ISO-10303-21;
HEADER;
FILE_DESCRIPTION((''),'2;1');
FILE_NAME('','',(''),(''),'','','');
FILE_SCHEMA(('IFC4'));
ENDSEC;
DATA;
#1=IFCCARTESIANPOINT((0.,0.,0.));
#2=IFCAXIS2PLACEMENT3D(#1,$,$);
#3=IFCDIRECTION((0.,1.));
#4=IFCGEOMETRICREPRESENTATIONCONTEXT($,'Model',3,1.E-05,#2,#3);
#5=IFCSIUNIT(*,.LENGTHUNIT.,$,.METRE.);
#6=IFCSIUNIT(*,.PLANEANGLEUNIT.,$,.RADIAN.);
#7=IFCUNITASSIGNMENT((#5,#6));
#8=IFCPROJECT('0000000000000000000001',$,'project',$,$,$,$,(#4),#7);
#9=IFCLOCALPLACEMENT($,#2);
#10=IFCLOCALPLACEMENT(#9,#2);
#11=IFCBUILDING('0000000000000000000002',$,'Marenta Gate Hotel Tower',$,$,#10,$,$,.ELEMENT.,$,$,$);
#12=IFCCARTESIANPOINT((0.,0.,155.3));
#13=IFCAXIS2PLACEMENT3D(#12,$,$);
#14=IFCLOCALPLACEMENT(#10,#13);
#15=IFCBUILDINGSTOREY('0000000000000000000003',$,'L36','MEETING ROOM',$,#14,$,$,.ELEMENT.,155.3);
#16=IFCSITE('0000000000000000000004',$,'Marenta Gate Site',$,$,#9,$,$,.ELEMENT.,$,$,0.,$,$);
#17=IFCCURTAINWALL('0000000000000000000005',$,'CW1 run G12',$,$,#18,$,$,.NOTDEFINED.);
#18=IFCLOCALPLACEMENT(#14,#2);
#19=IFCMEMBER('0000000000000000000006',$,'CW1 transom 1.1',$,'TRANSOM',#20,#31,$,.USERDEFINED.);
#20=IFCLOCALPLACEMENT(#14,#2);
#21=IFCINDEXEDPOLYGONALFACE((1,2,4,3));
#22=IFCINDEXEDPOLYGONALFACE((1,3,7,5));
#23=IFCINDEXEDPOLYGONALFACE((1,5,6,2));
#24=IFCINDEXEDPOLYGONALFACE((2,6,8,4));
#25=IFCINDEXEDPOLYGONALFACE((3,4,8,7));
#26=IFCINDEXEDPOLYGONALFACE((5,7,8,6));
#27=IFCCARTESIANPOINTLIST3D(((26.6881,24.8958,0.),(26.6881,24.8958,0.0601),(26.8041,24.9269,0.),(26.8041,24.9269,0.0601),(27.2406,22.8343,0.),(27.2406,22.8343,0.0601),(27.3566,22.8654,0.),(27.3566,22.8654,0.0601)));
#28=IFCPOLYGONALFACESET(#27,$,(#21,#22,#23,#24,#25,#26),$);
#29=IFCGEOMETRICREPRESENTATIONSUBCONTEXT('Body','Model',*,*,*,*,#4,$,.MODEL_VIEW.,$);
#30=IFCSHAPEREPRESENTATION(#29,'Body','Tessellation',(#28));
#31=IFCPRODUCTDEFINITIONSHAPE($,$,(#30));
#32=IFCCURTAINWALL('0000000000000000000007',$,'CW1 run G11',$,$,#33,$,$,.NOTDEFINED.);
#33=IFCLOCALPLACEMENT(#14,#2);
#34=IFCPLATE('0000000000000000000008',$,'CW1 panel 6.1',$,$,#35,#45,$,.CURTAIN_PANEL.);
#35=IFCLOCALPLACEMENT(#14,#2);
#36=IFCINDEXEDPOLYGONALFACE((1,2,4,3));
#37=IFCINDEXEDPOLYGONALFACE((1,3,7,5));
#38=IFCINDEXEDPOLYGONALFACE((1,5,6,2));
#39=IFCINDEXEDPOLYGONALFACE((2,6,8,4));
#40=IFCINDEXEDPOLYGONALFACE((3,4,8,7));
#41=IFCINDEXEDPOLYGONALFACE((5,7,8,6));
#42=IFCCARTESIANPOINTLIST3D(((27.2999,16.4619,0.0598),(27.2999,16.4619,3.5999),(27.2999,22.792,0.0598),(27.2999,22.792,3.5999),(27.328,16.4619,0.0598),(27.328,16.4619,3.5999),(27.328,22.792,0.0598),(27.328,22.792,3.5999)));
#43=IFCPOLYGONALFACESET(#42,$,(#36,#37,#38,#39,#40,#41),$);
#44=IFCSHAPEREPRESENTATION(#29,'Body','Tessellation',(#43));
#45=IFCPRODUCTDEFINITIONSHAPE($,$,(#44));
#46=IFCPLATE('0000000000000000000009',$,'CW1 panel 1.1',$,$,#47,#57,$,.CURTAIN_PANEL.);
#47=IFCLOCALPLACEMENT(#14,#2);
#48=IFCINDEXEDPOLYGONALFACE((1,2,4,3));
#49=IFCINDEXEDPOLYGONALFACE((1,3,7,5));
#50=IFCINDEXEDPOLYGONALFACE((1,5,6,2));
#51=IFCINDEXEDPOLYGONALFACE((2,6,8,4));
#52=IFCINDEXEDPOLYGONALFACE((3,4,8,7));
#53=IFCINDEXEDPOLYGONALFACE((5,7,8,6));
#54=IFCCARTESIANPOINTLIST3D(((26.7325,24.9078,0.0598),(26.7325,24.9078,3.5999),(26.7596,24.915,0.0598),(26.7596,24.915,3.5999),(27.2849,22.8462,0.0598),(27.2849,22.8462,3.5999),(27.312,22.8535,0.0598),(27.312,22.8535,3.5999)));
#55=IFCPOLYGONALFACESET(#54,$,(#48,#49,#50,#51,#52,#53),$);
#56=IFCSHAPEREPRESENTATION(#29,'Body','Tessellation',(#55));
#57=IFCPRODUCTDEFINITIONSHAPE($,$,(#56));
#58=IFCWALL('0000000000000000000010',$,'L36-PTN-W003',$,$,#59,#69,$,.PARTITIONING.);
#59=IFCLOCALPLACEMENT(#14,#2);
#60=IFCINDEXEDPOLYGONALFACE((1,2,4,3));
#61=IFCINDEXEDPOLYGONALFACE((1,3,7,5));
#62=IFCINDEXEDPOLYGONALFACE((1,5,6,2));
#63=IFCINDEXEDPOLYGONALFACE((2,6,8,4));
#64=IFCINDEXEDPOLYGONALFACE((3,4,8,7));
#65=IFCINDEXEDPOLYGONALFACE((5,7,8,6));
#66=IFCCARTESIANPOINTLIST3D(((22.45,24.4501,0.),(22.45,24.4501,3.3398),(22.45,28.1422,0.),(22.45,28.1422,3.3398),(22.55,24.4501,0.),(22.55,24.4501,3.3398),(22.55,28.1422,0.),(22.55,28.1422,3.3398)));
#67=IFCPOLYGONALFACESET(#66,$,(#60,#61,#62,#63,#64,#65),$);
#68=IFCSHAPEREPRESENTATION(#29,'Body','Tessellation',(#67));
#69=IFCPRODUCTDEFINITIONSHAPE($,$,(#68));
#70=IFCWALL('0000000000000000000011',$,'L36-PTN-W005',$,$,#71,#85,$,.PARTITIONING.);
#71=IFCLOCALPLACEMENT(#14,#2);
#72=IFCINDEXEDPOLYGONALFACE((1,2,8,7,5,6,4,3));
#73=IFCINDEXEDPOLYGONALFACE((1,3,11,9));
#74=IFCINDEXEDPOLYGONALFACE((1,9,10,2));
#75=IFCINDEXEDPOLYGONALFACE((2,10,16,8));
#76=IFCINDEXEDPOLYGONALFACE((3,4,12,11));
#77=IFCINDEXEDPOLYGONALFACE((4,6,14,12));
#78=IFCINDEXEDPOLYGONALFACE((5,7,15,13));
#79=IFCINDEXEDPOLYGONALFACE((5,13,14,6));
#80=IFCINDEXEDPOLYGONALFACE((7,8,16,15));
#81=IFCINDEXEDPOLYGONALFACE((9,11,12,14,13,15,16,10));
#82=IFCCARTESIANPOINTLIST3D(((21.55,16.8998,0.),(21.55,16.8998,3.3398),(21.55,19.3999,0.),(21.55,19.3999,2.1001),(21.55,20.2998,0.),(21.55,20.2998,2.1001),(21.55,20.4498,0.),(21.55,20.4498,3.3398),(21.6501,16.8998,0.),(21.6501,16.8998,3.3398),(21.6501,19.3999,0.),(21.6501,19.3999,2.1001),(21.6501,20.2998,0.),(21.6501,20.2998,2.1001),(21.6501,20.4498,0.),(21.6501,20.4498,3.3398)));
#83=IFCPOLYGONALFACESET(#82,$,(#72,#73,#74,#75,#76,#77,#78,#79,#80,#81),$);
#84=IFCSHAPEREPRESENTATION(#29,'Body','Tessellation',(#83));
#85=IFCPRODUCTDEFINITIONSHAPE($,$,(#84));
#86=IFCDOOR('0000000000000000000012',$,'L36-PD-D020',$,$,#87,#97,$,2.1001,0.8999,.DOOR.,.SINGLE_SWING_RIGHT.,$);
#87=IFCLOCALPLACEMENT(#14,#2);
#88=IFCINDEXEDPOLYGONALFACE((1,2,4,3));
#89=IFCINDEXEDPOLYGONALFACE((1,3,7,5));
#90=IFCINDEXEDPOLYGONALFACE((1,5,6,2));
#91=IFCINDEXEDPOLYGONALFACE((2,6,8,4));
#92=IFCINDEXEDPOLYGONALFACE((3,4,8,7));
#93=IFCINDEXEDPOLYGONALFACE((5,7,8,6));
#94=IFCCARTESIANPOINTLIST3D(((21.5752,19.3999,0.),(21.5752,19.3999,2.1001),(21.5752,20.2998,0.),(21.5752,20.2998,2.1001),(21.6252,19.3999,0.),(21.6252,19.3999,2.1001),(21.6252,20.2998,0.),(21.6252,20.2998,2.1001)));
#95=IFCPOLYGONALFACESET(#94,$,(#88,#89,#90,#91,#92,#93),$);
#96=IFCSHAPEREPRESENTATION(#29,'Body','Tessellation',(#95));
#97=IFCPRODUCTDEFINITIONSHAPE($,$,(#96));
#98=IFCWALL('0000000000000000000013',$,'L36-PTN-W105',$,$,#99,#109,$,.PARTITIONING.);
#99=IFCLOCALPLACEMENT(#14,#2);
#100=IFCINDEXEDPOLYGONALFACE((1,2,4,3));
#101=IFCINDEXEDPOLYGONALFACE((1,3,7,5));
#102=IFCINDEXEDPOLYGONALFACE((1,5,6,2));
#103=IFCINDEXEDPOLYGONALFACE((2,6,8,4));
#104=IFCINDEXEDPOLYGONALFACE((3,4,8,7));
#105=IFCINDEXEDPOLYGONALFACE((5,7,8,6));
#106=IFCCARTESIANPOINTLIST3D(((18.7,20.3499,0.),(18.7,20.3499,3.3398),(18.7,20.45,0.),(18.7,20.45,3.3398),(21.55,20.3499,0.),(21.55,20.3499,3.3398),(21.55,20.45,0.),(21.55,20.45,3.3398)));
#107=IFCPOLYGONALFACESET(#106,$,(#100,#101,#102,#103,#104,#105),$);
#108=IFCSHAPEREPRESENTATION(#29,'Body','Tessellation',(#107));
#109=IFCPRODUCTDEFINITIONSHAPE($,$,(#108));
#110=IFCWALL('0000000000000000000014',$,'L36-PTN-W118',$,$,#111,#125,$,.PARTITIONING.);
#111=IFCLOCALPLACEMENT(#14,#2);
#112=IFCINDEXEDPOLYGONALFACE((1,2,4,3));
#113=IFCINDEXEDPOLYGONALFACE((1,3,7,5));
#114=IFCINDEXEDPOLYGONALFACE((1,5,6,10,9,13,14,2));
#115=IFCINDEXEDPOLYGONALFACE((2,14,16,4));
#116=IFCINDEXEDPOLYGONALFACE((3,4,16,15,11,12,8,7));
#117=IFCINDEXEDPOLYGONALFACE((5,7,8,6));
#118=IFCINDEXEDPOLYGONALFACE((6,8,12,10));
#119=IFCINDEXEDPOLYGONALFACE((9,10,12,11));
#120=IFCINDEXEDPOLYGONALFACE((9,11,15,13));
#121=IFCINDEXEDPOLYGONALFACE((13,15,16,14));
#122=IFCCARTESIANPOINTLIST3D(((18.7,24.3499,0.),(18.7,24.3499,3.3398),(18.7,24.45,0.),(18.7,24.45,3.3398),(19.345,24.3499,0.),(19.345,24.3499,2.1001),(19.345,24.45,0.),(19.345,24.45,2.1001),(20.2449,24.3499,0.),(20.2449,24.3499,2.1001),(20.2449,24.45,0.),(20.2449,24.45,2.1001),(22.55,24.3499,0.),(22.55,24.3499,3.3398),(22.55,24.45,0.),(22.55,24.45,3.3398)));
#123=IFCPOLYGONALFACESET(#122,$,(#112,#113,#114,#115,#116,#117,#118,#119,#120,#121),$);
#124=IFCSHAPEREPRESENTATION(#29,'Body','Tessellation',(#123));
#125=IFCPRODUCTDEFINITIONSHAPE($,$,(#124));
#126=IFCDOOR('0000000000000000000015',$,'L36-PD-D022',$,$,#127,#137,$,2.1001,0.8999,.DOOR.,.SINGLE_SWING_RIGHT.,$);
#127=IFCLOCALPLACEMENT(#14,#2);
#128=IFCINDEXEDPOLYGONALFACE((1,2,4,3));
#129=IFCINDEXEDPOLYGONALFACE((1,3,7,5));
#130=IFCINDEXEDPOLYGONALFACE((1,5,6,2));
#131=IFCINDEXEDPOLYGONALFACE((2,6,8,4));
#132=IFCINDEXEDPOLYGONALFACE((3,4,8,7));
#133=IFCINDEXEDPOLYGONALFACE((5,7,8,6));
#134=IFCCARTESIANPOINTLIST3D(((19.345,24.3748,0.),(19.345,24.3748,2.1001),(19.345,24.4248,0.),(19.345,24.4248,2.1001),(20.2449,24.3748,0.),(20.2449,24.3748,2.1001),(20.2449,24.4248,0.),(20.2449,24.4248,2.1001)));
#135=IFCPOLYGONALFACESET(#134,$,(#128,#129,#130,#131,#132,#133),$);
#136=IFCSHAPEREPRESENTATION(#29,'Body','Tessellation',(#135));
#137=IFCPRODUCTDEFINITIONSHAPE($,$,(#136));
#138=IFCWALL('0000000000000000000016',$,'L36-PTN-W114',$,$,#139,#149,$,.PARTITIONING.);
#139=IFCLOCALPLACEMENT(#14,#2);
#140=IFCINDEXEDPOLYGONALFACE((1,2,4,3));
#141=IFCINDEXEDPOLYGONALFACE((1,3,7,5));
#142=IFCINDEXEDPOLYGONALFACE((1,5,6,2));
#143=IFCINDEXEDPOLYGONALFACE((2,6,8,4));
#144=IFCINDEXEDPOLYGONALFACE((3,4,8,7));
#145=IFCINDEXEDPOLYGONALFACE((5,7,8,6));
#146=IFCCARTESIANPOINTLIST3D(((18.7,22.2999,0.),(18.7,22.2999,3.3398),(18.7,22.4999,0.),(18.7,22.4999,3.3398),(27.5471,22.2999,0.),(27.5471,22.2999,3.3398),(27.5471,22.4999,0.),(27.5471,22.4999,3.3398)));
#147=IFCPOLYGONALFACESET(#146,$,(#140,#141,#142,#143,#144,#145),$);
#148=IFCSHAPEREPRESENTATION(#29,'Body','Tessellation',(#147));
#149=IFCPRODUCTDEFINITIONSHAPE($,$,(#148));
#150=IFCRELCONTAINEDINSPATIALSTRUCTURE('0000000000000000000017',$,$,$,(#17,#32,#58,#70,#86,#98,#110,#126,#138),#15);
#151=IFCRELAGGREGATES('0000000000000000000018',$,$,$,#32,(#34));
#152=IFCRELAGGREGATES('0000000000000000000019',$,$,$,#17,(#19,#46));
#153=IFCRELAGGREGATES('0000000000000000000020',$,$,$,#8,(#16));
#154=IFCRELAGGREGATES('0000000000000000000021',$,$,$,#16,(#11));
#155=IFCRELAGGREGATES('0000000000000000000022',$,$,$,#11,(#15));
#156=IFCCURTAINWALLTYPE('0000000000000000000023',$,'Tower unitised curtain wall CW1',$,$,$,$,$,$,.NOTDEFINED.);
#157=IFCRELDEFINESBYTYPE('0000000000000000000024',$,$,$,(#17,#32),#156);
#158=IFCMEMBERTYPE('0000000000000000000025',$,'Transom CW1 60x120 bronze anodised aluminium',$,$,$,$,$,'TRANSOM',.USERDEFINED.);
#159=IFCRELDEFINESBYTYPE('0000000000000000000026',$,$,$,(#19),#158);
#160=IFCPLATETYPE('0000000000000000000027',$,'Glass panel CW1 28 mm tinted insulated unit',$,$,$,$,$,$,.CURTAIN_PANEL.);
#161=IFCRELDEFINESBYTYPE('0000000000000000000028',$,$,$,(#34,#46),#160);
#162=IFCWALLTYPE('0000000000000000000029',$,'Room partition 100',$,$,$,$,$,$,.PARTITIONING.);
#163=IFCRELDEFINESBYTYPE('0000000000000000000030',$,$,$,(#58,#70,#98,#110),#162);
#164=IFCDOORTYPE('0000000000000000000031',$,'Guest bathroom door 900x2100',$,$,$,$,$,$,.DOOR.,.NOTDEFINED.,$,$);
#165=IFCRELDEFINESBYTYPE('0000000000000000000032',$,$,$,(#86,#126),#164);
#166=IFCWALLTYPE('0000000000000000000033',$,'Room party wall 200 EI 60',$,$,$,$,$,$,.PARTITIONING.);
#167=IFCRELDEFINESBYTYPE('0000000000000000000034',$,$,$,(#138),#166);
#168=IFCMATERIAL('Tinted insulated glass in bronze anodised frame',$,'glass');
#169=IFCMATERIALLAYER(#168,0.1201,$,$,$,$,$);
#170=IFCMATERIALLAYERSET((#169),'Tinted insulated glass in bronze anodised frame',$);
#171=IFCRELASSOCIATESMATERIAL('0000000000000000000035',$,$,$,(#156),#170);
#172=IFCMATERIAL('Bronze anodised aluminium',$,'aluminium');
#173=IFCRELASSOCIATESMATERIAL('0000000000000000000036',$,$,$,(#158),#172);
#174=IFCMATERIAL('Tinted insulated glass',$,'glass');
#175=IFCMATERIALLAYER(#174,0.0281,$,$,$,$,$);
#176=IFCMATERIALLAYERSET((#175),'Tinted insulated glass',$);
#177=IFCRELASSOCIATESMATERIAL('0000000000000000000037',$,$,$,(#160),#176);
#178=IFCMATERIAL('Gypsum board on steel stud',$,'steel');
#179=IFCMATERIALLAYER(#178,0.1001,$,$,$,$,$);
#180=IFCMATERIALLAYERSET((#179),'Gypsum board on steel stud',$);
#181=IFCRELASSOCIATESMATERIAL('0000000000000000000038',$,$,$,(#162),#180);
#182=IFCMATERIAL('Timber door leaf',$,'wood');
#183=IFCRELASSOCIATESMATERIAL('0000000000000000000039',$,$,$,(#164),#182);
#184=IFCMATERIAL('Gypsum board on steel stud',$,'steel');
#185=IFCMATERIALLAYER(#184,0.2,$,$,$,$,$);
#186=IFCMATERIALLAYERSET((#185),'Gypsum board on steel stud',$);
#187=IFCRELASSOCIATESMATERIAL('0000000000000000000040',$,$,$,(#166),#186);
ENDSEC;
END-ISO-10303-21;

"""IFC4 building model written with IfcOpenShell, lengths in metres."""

from ifc_helpers import new_model, si_unit, direction, frame, frame_2d, origin, origin_2d, place, context, subcontext, project, spatial, rectangle, extrude, material, layer, layer_set, material_profile, profile_set, type_object, element, fill, aggregate, save


model = new_model("IFC4")

# Units and contexts
model_context = context("Model", 3, precision=1e-05, world=origin(), true_north=direction((0.0, 1.0)))
body_context = subcontext(model_context, "Body", "Model", "MODEL_VIEW")
ifc_project = project(units=[si_unit("LENGTHUNIT", "METRE"), si_unit("PLANEANGLEUNIT", "RADIAN")], contexts=[model_context])

# Site, building, storey
site_placement = place(None, origin())
site = spatial("IfcSite", under=ifc_project, at=site_placement, Name="Marenta Gate Site", CompositionType="ELEMENT", RefElevation=0.0)
building_placement = place(site_placement, origin())
building = spatial("IfcBuilding", under=site, at=building_placement, Name="Marenta Gate Hotel Tower", CompositionType="ELEMENT")
storey_placement = place(building_placement, frame((0.0, 0.0, 155.3)))
storey = spatial("IfcBuildingStorey", under=building, at=storey_placement, Name="L36", Description="MEETING ROOM", CompositionType="ELEMENT", Elevation=155.3)

# Curtain wall
ifc_material_1 = material(Name="Tinted insulated glass in bronze anodised frame", Category="glass")
ifc_layer_1 = layer(ifc_material_1, 0.1201)
ifc_layer_set_1 = layer_set([ifc_layer_1], Name="Tinted insulated glass in bronze anodised frame")
curtain_wall_type = type_object("IfcCurtainWallType", Name="Tower unitised curtain wall CW1", PredefinedType="NOTDEFINED", material=ifc_layer_set_1)
curtain_wall_1_placement = place(storey_placement, origin())
curtain_wall_1 = element("IfcCurtainWall", 1, at=curtain_wall_1_placement, inside=storey, type_object=curtain_wall_type, Name="CW1 run G12", PredefinedType="NOTDEFINED")

# Member
ifc_material_2 = material(Name="Bronze anodised aluminium", Category="aluminium")
ifc_material_profile_1 = material_profile(ifc_material_2, rectangle(XDim=0.1201, YDim=0.0601, at=origin_2d()), Name="Transom CW1 60x120 bronze anodised aluminium")
ifc_profile_set_1 = profile_set([ifc_material_profile_1], Name="Bronze anodised aluminium")
member_type_1 = type_object("IfcMemberType", Name="Transom CW1 60x120 bronze anodised aluminium", ElementType="TRANSOM", PredefinedType="USERDEFINED", material=ifc_profile_set_1)
member_1_placement = place(storey_placement, frame((27.2986, 22.8499, 0.03), z_axis=(-0.258866, 0.965913, 0.0), x_axis=(-0.965913, -0.258866, 0.0)))
member_1 = element("IfcMember", 2, at=member_1_placement, type_object=member_type_1, Name="CW1 transom 1.1", ObjectType="TRANSOM", PredefinedType="USERDEFINED", context=body_context, shape_type="SweptSolid", body=[
    extrude(rectangle(XDim=0.1201, YDim=0.0601, at=origin_2d()), origin(), (0.0, 0.0, 1.0), 2.1343),
])

# Curtain wall, plate
curtain_wall_2_placement = place(storey_placement, origin())
curtain_wall_2 = element("IfcCurtainWall", 3, at=curtain_wall_2_placement, inside=storey, type_object=curtain_wall_type, Name="CW1 run G11", PredefinedType="NOTDEFINED")
ifc_material_3 = material(Name="Tinted insulated glass", Category="glass")
ifc_layer_2 = layer(ifc_material_3, 0.0281)
ifc_layer_set_2 = layer_set([ifc_layer_2], Name="Tinted insulated glass")
plate_type = type_object("IfcPlateType", Name="Glass panel CW1 28 mm tinted insulated unit", PredefinedType="CURTAIN_PANEL", material=ifc_layer_set_2)
plate_1_placement = place(storey_placement, frame((27.314, 19.627, 0.0598), z_axis=(0.0, 0.0, 1.0), x_axis=(0.0, 1.0, 0.0)))
plate_1 = element("IfcPlate", 4, at=plate_1_placement, type_object=plate_type, Name="CW1 panel 6.1", PredefinedType="CURTAIN_PANEL", context=body_context, shape_type="SweptSolid", body=[
    extrude(rectangle(XDim=6.3301, YDim=0.0281, at=origin_2d()), origin(), (0.0, 0.0, 1.0), 3.54),
])
aggregate(curtain_wall_2, [plate_1])

# Plate
plate_2_placement = place(storey_placement, frame((27.0222, 23.8806, 0.0598), z_axis=(0.0, 0.0, 1.0), x_axis=(-0.258823, 0.965925, 0.0)))
plate_2 = element("IfcPlate", 5, at=plate_2_placement, type_object=plate_type, Name="CW1 panel 1.1", PredefinedType="CURTAIN_PANEL", context=body_context, shape_type="SweptSolid", body=[
    extrude(rectangle(XDim=2.1343, YDim=0.0281, at=origin_2d()), origin(), (0.0, 0.0, 1.0), 3.54),
])
aggregate(curtain_wall_1, [member_1, plate_2])

# Wall
ifc_material_4 = material(Name="Gypsum board on steel stud", Category="steel")
ifc_layer_3 = layer(ifc_material_4, 0.1001)
ifc_layer_set_3 = layer_set([ifc_layer_3], Name="Gypsum board on steel stud")
wall_type_1 = type_object("IfcWallType", Name="Room partition 100", PredefinedType="PARTITIONING", material=ifc_layer_set_3)
wall_1_placement = place(storey_placement, frame((22.5, 24.45, 0.0), z_axis=(0.0, 0.0, 1.0), x_axis=(0.0, 1.0, 0.0)))
element("IfcWall", 6, at=wall_1_placement, inside=storey, type_object=wall_type_1, Name="L36-PTN-W003", PredefinedType="PARTITIONING", context=body_context, shape_type="SweptSolid", body=[
    extrude(rectangle(XDim=3.6921, YDim=0.1001, at=frame_2d((1.8462, 0.0))), origin(), (0.0, 0.0, 1.0), 3.3398),
])

# Wall, opening, door
wall_2_placement = place(storey_placement, frame((21.6001, 16.8999, 0.0), z_axis=(0.0, 0.0, 1.0), x_axis=(0.0, 1.0, 0.0)))
wall_2 = element("IfcWall", 7, at=wall_2_placement, inside=storey, type_object=wall_type_1, Name="L36-PTN-W005", PredefinedType="PARTITIONING", context=body_context, shape_type="SweptSolid", body=[
    extrude(rectangle(XDim=3.55, YDim=0.1001, at=frame_2d((1.7749, 0.0))), origin(), (0.0, 0.0, 1.0), 3.3398),
])
opening_1_placement = place(wall_2_placement, frame((2.5, 0.0, 0.0)))
opening_1 = element("IfcOpeningElement", 8, at=opening_1_placement, cuts=wall_2, PredefinedType="OPENING", context=body_context, shape_type="SweptSolid", body=[
    extrude(rectangle(XDim=0.8999, YDim=2.1001, at=frame_2d((0.45, 1.05))), frame((0.0, 0.05, 0.0), z_axis=(0.0, -1.0, 0.0), x_axis=(1.0, 0.0, 0.0)), (0.0, 0.0, 1.0), 0.1001),
])
ifc_material_5 = material(Name="Timber door leaf", Category="wood")
door_type = type_object("IfcDoorType", Name="Guest bathroom door 900x2100", OperationType="NOTDEFINED", PredefinedType="DOOR", material=ifc_material_5)
door_1_placement = place(opening_1_placement, origin())
door_1 = element("IfcDoor", 9, at=door_1_placement, inside=storey, type_object=door_type, Name="L36-PD-D020", OperationType="SINGLE_SWING_RIGHT", OverallHeight=2.1001, OverallWidth=0.8999, PredefinedType="DOOR", context=body_context, shape_type="SweptSolid", body=[
    extrude(rectangle(XDim=0.8999, YDim=2.1001, at=frame_2d((0.45, 1.05))), frame((0.0, 0.0249, 0.0), z_axis=(0.0, -1.0, 0.0), x_axis=(1.0, 0.0, 0.0)), (0.0, 0.0, 1.0), 0.05),
])
fill(opening_1, door_1)

# Wall
wall_3_placement = place(storey_placement, frame((18.7, 20.3999, 0.0), z_axis=(0.0, 0.0, 1.0), x_axis=(1.0, 0.0, 0.0)))
element("IfcWall", 10, at=wall_3_placement, inside=storey, type_object=wall_type_1, Name="L36-PTN-W105", PredefinedType="PARTITIONING", context=body_context, shape_type="SweptSolid", body=[
    extrude(rectangle(XDim=2.8501, YDim=0.1001, at=frame_2d((1.425, 0.0))), origin(), (0.0, 0.0, 1.0), 3.3398),
])

# Wall, opening, door
wall_4_placement = place(storey_placement, frame((18.7, 24.3999, 0.0), z_axis=(0.0, 0.0, 1.0), x_axis=(1.0, 0.0, 0.0)))
wall_4 = element("IfcWall", 11, at=wall_4_placement, inside=storey, type_object=wall_type_1, Name="L36-PTN-W118", PredefinedType="PARTITIONING", context=body_context, shape_type="SweptSolid", body=[
    extrude(rectangle(XDim=3.8501, YDim=0.1001, at=frame_2d((1.925, 0.0))), origin(), (0.0, 0.0, 1.0), 3.3398),
])
opening_2_placement = place(wall_4_placement, frame((0.645, 0.0, 0.0)))
opening_2 = element("IfcOpeningElement", 12, at=opening_2_placement, cuts=wall_4, PredefinedType="OPENING", context=body_context, shape_type="SweptSolid", body=[
    extrude(rectangle(XDim=0.8999, YDim=2.1001, at=frame_2d((0.45, 1.05))), frame((0.0, 0.05, 0.0), z_axis=(0.0, -1.0, 0.0), x_axis=(1.0, 0.0, 0.0)), (0.0, 0.0, 1.0), 0.1001),
])
door_2_placement = place(opening_2_placement, origin())
door_2 = element("IfcDoor", 13, at=door_2_placement, inside=storey, type_object=door_type, Name="L36-PD-D022", OperationType="SINGLE_SWING_RIGHT", OverallHeight=2.1001, OverallWidth=0.8999, PredefinedType="DOOR", context=body_context, shape_type="SweptSolid", body=[
    extrude(rectangle(XDim=0.8999, YDim=2.1001, at=frame_2d((0.45, 1.05))), frame((0.0, 0.0249, 0.0), z_axis=(0.0, -1.0, 0.0), x_axis=(1.0, 0.0, 0.0)), (0.0, 0.0, 1.0), 0.05),
])
fill(opening_2, door_2)

# Wall
ifc_material_6 = material(Name="Gypsum board on steel stud", Category="steel")
ifc_layer_4 = layer(ifc_material_6, 0.2)
ifc_layer_set_4 = layer_set([ifc_layer_4], Name="Gypsum board on steel stud")
wall_type_2 = type_object("IfcWallType", Name="Room party wall 200 EI 60", PredefinedType="PARTITIONING", material=ifc_layer_set_4)
wall_5_placement = place(storey_placement, frame((18.7, 22.3999, 0.0), z_axis=(0.0, 0.0, 1.0), x_axis=(1.0, 0.0, 0.0)))
element("IfcWall", 14, at=wall_5_placement, inside=storey, type_object=wall_type_2, Name="L36-PTN-W114", PredefinedType="PARTITIONING", context=body_context, shape_type="SweptSolid", body=[
    extrude(rectangle(XDim=8.8472, YDim=0.2, at=frame_2d((4.4236, 0.0))), origin(), (0.0, 0.0, 1.0), 3.3398),
])

save(model, "model.ifc")
